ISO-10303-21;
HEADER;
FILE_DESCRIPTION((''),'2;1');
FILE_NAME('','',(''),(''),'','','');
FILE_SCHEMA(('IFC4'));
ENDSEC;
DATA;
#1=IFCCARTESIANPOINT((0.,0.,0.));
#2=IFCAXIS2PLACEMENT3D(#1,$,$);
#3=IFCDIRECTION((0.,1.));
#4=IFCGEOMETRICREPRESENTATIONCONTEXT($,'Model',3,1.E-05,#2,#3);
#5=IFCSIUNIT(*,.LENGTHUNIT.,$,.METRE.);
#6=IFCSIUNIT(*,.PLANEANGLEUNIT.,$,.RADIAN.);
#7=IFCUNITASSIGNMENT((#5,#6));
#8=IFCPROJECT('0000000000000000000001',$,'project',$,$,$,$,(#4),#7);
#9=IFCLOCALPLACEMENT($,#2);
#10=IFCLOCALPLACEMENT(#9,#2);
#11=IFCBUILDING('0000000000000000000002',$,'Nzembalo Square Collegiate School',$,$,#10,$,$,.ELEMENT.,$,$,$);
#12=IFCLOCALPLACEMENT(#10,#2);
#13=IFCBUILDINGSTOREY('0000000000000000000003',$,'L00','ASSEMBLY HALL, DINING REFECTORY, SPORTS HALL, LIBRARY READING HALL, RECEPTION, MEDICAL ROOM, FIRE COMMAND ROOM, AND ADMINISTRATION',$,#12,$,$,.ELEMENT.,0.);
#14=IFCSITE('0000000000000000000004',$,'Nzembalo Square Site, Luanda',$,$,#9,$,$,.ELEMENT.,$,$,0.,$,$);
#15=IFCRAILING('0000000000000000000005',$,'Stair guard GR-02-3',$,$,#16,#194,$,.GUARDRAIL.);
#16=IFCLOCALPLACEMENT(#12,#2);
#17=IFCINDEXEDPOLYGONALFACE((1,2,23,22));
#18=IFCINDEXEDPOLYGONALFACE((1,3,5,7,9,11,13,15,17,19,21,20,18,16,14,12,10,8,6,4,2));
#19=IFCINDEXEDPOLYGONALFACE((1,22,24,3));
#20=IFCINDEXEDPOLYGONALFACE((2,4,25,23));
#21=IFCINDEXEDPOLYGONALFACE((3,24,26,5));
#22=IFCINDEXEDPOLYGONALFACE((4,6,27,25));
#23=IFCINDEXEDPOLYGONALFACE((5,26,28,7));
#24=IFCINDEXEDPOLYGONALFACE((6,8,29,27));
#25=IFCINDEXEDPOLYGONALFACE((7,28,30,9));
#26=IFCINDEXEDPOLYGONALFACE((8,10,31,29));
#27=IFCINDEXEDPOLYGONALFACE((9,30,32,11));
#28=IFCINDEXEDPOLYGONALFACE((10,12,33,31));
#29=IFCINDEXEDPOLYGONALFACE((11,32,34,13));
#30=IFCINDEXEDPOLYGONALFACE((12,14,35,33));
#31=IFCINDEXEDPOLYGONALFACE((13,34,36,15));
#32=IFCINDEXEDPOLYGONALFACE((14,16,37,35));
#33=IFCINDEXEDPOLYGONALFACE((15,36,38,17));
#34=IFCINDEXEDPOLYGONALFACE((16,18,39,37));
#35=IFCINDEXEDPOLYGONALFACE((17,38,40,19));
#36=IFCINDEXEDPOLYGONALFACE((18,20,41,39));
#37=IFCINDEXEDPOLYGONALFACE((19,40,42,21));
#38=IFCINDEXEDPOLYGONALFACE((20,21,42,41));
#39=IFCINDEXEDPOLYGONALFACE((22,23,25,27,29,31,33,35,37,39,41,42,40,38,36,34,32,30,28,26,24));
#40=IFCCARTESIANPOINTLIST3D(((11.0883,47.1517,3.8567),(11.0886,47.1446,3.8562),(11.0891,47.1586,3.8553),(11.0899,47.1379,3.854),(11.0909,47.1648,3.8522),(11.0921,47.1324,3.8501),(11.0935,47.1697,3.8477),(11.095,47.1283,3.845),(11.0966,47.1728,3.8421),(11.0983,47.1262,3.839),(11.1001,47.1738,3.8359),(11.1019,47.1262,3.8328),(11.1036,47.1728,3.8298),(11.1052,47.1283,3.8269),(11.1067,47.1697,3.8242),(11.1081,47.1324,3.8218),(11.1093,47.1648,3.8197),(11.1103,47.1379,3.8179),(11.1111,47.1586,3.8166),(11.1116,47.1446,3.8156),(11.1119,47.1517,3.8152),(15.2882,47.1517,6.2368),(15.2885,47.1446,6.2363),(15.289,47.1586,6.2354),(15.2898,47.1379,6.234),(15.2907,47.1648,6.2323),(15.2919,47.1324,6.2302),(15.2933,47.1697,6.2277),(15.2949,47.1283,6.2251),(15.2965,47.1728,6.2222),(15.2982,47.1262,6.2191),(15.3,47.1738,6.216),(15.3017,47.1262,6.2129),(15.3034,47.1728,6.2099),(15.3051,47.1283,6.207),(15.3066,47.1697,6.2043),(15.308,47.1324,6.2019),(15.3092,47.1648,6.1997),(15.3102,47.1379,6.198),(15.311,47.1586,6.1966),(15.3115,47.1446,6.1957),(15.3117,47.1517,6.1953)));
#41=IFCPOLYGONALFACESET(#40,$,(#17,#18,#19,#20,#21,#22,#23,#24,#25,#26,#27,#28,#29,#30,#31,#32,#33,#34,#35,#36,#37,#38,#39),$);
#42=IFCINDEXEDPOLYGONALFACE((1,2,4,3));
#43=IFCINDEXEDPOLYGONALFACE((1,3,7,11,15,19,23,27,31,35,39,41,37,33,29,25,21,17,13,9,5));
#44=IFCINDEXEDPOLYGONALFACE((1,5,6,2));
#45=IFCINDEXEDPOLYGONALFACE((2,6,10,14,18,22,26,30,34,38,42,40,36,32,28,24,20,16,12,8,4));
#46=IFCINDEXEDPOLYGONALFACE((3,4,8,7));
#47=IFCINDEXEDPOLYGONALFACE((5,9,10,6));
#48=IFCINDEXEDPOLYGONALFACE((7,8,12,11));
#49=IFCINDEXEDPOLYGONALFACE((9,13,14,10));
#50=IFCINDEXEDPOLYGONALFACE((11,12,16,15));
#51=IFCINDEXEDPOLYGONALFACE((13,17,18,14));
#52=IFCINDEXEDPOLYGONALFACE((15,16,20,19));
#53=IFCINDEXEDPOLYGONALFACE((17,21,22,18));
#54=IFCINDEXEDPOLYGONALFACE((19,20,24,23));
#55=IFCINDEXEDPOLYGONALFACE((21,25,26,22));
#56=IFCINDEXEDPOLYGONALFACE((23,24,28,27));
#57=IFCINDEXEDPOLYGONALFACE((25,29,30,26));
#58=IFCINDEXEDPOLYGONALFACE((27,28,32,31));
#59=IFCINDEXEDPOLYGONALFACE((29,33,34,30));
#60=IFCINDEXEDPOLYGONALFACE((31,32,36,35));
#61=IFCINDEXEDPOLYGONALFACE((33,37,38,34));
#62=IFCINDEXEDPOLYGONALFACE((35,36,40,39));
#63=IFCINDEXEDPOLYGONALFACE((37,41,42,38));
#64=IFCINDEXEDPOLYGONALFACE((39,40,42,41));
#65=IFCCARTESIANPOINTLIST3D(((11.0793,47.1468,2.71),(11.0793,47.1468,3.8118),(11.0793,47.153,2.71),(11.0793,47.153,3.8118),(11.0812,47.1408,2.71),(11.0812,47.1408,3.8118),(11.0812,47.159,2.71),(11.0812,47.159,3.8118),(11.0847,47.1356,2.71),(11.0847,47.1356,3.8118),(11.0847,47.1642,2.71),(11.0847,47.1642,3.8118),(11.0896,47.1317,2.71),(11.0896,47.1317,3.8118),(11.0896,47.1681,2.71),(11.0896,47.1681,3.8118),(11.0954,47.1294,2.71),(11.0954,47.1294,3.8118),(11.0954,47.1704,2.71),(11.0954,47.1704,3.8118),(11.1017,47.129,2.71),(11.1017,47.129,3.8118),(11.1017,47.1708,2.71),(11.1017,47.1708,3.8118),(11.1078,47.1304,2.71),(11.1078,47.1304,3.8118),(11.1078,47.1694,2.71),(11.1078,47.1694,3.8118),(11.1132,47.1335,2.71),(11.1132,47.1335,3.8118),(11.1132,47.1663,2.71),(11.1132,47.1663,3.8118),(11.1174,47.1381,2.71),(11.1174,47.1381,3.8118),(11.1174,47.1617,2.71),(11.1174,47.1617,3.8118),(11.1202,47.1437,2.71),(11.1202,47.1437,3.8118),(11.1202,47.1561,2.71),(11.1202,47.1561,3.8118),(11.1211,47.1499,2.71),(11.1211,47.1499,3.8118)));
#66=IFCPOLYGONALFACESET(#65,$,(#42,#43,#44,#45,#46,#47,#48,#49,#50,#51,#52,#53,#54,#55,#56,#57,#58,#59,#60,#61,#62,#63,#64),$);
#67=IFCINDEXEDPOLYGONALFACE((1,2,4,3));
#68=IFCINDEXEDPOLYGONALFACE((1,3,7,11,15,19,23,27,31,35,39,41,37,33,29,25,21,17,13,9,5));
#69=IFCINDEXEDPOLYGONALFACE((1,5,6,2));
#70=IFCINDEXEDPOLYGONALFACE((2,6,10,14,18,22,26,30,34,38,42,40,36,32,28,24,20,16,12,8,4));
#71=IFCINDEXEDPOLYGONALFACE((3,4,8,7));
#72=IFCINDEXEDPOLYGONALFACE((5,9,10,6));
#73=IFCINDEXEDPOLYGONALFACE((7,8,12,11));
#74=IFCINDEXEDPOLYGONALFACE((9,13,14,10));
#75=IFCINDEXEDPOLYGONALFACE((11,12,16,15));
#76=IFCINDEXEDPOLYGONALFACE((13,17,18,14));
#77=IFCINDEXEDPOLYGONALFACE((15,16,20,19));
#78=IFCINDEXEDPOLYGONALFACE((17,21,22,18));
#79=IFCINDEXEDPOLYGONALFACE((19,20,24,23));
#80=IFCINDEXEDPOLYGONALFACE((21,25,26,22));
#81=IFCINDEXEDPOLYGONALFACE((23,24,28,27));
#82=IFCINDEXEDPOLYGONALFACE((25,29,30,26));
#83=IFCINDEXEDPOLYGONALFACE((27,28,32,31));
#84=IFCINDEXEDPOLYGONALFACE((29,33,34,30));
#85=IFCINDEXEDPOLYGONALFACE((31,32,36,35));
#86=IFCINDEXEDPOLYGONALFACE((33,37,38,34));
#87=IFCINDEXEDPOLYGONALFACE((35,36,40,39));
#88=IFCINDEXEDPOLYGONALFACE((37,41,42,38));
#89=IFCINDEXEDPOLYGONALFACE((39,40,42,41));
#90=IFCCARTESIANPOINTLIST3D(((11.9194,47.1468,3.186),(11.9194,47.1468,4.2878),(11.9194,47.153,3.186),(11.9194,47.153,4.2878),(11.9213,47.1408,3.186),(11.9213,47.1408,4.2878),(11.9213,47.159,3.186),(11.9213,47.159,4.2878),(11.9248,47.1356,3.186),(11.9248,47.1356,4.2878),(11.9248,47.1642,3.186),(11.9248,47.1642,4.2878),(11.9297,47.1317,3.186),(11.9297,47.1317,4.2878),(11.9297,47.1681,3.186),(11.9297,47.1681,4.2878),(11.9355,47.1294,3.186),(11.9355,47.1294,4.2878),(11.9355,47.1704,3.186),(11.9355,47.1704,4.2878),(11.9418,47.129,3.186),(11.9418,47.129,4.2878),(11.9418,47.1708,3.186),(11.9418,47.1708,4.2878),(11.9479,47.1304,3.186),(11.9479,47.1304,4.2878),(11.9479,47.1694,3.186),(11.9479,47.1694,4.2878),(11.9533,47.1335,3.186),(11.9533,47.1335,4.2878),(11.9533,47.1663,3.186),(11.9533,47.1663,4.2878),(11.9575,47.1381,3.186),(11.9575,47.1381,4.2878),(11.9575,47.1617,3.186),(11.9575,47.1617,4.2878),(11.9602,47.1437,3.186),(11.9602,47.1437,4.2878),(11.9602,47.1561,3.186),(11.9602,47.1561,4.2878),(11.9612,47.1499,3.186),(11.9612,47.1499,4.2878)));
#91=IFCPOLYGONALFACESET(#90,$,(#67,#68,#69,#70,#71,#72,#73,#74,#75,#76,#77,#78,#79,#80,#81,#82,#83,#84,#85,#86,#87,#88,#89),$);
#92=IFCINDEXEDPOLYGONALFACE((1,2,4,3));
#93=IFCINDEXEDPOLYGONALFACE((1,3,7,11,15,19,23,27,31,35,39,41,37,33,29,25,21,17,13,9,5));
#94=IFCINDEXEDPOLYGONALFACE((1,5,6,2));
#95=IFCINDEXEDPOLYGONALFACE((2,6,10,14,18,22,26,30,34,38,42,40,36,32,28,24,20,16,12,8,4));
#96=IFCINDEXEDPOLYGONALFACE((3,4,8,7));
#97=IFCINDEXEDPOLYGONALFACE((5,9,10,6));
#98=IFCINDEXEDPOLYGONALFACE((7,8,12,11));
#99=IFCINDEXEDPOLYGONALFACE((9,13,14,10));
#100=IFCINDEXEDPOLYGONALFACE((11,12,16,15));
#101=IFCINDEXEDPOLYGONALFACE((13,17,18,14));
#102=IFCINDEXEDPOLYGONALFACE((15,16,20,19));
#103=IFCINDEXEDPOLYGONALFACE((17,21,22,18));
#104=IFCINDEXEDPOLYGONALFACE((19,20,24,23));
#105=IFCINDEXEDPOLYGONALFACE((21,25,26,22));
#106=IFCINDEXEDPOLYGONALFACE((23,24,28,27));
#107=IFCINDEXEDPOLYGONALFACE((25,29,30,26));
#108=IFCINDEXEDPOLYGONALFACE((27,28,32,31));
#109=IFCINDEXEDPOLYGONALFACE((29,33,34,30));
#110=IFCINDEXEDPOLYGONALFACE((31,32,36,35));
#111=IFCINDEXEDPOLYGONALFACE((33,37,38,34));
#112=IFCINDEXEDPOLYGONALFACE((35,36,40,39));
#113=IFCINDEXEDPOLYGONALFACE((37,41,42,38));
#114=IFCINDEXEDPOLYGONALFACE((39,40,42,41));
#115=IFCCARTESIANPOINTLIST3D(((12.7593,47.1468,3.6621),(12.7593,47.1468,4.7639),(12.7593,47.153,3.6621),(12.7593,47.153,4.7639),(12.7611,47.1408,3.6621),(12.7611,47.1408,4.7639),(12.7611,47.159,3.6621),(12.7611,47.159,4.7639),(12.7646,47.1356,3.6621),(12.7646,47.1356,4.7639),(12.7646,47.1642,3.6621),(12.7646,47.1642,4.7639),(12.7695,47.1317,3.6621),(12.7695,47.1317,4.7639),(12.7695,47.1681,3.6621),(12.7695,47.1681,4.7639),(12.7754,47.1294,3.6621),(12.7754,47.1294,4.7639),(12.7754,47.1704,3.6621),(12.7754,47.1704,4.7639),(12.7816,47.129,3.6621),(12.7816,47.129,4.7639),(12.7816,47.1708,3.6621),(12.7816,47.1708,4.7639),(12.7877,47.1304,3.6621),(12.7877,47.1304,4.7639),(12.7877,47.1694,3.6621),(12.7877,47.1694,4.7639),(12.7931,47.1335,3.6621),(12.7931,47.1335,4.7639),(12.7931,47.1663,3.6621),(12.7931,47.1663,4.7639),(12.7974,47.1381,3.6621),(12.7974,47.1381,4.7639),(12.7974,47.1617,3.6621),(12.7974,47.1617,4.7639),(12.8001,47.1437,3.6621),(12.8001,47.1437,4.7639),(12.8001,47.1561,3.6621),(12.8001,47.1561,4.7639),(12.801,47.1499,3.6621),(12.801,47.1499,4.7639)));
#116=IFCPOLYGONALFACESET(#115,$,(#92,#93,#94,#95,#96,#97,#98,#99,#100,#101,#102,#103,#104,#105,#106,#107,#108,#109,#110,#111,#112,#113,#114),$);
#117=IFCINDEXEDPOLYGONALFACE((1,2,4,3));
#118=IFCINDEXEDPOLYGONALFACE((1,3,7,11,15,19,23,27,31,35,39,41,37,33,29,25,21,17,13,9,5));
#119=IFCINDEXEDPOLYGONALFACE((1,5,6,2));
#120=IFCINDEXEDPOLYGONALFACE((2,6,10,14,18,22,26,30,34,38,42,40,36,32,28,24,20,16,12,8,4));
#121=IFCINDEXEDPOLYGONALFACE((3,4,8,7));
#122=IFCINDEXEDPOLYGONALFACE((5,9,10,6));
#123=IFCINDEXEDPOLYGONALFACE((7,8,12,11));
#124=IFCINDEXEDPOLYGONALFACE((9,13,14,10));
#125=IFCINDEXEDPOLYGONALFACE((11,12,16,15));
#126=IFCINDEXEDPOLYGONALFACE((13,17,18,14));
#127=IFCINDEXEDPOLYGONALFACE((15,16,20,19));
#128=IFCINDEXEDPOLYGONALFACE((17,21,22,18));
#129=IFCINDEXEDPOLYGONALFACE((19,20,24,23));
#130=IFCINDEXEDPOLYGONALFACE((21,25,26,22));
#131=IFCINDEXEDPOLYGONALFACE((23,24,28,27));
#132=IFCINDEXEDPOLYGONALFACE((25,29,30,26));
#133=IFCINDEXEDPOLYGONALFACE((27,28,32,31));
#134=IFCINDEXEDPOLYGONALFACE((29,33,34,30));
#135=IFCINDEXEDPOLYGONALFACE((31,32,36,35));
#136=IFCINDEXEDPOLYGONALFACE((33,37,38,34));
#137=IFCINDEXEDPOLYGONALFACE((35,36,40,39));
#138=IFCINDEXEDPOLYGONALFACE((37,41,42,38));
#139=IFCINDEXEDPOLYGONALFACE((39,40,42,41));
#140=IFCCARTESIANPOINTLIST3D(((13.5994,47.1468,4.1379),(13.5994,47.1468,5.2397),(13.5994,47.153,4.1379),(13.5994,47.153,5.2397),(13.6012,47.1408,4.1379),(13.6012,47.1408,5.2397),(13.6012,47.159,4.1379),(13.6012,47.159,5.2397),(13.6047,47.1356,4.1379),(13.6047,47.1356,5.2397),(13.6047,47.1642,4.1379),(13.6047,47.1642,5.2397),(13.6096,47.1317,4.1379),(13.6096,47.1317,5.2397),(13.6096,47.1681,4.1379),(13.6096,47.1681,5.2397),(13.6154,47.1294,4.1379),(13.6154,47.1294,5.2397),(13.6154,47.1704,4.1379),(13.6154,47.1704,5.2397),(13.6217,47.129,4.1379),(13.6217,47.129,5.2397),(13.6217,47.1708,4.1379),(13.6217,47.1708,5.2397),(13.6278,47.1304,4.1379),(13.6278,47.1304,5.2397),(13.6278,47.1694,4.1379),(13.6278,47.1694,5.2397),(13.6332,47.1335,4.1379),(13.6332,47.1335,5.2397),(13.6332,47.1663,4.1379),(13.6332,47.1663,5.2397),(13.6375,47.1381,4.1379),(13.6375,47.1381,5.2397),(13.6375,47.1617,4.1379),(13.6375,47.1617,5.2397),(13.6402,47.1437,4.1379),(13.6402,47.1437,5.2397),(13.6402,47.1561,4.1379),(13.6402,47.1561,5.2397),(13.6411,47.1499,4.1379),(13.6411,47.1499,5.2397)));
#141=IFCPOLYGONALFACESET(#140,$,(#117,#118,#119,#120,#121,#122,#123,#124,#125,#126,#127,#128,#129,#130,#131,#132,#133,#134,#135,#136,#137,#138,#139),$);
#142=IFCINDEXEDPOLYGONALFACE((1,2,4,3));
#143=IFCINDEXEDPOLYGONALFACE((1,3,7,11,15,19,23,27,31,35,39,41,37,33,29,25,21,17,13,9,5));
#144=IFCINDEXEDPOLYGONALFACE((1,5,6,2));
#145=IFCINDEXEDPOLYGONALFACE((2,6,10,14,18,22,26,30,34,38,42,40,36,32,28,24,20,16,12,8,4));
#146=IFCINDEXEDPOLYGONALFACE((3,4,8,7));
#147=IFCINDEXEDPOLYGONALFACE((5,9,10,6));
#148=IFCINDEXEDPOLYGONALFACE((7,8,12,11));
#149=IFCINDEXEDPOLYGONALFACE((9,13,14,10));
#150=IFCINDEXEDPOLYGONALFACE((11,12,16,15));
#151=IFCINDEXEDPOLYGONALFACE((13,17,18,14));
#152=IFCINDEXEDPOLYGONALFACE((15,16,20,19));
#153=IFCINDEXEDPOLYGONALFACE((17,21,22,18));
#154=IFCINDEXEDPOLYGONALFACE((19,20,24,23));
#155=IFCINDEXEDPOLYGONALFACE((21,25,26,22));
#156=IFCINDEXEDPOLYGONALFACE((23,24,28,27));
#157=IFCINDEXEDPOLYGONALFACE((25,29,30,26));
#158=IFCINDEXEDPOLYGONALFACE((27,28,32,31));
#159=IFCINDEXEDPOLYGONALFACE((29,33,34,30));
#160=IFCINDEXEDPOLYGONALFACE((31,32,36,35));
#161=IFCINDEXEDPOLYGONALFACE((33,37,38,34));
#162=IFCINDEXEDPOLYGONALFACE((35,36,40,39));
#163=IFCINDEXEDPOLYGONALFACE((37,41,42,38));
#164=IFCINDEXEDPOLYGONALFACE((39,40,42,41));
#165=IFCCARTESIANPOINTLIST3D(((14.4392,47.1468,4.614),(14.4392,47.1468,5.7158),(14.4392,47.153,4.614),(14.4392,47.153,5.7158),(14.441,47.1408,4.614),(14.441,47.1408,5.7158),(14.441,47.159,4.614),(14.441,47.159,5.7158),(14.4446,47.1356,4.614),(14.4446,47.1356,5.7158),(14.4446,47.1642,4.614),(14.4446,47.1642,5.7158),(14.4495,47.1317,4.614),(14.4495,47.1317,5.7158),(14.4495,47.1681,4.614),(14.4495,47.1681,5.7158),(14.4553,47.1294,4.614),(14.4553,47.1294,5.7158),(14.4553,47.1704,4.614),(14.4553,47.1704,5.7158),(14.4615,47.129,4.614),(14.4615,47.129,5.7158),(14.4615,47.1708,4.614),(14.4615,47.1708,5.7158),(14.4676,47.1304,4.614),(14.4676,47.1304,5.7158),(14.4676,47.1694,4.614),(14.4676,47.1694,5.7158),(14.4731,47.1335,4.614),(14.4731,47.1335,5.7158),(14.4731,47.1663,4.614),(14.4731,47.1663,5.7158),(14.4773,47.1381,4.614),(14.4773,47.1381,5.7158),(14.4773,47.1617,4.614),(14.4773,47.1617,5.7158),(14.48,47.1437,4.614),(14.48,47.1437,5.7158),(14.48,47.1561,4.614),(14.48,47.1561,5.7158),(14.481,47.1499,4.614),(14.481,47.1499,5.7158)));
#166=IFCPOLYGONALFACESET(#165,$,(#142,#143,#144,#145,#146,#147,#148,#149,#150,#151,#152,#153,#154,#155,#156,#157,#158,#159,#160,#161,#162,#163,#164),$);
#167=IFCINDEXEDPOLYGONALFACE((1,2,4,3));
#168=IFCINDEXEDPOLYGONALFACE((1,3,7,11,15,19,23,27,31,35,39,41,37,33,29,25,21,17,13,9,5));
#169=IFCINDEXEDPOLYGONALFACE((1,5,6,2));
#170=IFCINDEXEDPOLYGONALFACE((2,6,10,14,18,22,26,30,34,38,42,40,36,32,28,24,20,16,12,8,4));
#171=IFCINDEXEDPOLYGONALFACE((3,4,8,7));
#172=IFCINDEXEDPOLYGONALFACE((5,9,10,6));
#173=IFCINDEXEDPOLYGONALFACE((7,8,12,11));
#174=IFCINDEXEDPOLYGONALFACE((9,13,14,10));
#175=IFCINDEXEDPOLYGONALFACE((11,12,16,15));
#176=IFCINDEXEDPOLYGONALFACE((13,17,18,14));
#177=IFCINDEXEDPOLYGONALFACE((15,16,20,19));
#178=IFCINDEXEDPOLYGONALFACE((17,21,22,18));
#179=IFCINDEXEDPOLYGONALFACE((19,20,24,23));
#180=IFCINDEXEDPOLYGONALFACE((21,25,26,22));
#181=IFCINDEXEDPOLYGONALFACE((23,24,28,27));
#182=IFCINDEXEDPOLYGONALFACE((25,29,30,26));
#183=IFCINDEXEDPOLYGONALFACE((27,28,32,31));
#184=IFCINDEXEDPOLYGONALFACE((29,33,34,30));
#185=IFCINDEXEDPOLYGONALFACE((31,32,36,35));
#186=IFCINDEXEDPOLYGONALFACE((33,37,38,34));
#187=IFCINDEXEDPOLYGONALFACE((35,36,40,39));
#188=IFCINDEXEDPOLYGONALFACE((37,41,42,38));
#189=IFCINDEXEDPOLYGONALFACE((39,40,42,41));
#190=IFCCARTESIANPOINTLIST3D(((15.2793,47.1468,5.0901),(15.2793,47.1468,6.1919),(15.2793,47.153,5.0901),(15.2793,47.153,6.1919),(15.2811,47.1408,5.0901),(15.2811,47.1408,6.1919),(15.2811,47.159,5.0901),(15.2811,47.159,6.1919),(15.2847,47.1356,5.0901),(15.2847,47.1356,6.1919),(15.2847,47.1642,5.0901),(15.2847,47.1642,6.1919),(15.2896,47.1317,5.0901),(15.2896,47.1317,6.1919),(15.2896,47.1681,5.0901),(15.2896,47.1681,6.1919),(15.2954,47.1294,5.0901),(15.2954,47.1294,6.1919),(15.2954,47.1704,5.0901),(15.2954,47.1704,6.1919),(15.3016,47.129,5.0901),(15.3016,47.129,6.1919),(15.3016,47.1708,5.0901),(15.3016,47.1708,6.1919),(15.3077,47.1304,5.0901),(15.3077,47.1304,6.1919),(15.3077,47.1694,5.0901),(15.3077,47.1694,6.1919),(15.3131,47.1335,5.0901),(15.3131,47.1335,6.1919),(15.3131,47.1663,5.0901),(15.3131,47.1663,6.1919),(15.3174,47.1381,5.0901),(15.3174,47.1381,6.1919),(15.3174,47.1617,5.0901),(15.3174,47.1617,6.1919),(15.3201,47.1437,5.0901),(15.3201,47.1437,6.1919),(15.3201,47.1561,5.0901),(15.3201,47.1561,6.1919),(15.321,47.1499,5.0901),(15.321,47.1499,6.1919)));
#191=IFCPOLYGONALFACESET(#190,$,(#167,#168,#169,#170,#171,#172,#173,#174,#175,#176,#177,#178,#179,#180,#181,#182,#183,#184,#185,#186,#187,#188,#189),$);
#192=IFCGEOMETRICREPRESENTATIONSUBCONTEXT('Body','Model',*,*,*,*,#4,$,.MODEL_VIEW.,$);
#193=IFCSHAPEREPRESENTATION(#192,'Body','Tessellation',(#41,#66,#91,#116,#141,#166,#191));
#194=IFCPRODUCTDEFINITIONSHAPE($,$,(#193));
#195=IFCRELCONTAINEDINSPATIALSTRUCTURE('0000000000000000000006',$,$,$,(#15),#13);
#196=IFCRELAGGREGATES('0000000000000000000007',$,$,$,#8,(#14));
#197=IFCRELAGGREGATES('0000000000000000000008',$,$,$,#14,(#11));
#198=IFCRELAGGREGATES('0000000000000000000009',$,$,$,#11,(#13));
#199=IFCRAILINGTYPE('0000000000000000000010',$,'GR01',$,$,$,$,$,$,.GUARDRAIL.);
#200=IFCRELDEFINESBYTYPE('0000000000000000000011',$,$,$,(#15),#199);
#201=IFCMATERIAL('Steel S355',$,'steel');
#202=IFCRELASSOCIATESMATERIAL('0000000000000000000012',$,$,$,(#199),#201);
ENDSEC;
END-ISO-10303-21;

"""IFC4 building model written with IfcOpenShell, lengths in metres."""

from ifc_helpers import new_model, si_unit, direction, frame, origin, origin_2d, place, context, subcontext, project, spatial, circle, extrude, material, type_object, element, save


model = new_model("IFC4")

# Units and contexts
model_context = context("Model", 3, precision=1e-05, world=origin(), true_north=direction((0.0, 1.0)))
body_context = subcontext(model_context, "Body", "Model", "MODEL_VIEW")
ifc_project = project(units=[si_unit("LENGTHUNIT", "METRE"), si_unit("PLANEANGLEUNIT", "RADIAN")], contexts=[model_context])

# Site, building, storey
site_placement = place(None, origin())
site = spatial("IfcSite", under=ifc_project, at=site_placement, Name="Nzembalo Square Site, Luanda", CompositionType="ELEMENT", RefElevation=0.0)
building_placement = place(site_placement, origin())
building = spatial("IfcBuilding", under=site, at=building_placement, Name="Nzembalo Square Collegiate School", CompositionType="ELEMENT")
storey_placement = place(building_placement, origin())
storey = spatial("IfcBuildingStorey", under=building, at=storey_placement, Name="L00", Description="ASSEMBLY HALL, DINING REFECTORY, SPORTS HALL, LIBRARY READING HALL, RECEPTION, MEDICAL ROOM, FIRE COMMAND ROOM, AND ADMINISTRATION", CompositionType="ELEMENT", Elevation=0.0)

# Railing
ifc_material_1 = material(Name="Steel S355", Category="steel")
railing_type_1 = type_object("IfcRailingType", Name="GR01", PredefinedType="GUARDRAIL", material=ifc_material_1)
railing_1_placement = place(storey_placement, frame((11.1001, 47.1499, 2.71)))
element("IfcRailing", 1, at=railing_1_placement, inside=storey, type_object=railing_type_1, Name="Stair guard GR-02-3", PredefinedType="GUARDRAIL", context=body_context, shape_type="SweptSolid", body=[
    extrude(circle(Radius=0.0239, at=origin_2d()), frame((0.0, 0.0, 1.126), z_axis=(0.870008, 0.0, 0.493037), x_axis=(0.0, 1.0, 0.0)), (0.0, 0.0, 1.0), 4.8274),
    extrude(circle(Radius=0.021, at=origin_2d()), origin(), (0.0, 0.0, 1.0), 1.1018),
    extrude(circle(Radius=0.021, at=origin_2d()), frame((0.8401, 0.0, 0.4761)), (0.0, 0.0, 1.0), 1.1018),
    extrude(circle(Radius=0.021, at=origin_2d()), frame((1.6799, 0.0, 0.9521)), (0.0, 0.0, 1.0), 1.1018),
    extrude(circle(Radius=0.021, at=origin_2d()), frame((2.52, 0.0, 1.428)), (0.0, 0.0, 1.0), 1.1018),
    extrude(circle(Radius=0.021, at=origin_2d()), frame((3.3599, 0.0, 1.9041)), (0.0, 0.0, 1.0), 1.1018),
    extrude(circle(Radius=0.021, at=origin_2d()), frame((4.2, 0.0, 2.3801)), (0.0, 0.0, 1.0), 1.1018),
])

save(model, "model.ifc")
